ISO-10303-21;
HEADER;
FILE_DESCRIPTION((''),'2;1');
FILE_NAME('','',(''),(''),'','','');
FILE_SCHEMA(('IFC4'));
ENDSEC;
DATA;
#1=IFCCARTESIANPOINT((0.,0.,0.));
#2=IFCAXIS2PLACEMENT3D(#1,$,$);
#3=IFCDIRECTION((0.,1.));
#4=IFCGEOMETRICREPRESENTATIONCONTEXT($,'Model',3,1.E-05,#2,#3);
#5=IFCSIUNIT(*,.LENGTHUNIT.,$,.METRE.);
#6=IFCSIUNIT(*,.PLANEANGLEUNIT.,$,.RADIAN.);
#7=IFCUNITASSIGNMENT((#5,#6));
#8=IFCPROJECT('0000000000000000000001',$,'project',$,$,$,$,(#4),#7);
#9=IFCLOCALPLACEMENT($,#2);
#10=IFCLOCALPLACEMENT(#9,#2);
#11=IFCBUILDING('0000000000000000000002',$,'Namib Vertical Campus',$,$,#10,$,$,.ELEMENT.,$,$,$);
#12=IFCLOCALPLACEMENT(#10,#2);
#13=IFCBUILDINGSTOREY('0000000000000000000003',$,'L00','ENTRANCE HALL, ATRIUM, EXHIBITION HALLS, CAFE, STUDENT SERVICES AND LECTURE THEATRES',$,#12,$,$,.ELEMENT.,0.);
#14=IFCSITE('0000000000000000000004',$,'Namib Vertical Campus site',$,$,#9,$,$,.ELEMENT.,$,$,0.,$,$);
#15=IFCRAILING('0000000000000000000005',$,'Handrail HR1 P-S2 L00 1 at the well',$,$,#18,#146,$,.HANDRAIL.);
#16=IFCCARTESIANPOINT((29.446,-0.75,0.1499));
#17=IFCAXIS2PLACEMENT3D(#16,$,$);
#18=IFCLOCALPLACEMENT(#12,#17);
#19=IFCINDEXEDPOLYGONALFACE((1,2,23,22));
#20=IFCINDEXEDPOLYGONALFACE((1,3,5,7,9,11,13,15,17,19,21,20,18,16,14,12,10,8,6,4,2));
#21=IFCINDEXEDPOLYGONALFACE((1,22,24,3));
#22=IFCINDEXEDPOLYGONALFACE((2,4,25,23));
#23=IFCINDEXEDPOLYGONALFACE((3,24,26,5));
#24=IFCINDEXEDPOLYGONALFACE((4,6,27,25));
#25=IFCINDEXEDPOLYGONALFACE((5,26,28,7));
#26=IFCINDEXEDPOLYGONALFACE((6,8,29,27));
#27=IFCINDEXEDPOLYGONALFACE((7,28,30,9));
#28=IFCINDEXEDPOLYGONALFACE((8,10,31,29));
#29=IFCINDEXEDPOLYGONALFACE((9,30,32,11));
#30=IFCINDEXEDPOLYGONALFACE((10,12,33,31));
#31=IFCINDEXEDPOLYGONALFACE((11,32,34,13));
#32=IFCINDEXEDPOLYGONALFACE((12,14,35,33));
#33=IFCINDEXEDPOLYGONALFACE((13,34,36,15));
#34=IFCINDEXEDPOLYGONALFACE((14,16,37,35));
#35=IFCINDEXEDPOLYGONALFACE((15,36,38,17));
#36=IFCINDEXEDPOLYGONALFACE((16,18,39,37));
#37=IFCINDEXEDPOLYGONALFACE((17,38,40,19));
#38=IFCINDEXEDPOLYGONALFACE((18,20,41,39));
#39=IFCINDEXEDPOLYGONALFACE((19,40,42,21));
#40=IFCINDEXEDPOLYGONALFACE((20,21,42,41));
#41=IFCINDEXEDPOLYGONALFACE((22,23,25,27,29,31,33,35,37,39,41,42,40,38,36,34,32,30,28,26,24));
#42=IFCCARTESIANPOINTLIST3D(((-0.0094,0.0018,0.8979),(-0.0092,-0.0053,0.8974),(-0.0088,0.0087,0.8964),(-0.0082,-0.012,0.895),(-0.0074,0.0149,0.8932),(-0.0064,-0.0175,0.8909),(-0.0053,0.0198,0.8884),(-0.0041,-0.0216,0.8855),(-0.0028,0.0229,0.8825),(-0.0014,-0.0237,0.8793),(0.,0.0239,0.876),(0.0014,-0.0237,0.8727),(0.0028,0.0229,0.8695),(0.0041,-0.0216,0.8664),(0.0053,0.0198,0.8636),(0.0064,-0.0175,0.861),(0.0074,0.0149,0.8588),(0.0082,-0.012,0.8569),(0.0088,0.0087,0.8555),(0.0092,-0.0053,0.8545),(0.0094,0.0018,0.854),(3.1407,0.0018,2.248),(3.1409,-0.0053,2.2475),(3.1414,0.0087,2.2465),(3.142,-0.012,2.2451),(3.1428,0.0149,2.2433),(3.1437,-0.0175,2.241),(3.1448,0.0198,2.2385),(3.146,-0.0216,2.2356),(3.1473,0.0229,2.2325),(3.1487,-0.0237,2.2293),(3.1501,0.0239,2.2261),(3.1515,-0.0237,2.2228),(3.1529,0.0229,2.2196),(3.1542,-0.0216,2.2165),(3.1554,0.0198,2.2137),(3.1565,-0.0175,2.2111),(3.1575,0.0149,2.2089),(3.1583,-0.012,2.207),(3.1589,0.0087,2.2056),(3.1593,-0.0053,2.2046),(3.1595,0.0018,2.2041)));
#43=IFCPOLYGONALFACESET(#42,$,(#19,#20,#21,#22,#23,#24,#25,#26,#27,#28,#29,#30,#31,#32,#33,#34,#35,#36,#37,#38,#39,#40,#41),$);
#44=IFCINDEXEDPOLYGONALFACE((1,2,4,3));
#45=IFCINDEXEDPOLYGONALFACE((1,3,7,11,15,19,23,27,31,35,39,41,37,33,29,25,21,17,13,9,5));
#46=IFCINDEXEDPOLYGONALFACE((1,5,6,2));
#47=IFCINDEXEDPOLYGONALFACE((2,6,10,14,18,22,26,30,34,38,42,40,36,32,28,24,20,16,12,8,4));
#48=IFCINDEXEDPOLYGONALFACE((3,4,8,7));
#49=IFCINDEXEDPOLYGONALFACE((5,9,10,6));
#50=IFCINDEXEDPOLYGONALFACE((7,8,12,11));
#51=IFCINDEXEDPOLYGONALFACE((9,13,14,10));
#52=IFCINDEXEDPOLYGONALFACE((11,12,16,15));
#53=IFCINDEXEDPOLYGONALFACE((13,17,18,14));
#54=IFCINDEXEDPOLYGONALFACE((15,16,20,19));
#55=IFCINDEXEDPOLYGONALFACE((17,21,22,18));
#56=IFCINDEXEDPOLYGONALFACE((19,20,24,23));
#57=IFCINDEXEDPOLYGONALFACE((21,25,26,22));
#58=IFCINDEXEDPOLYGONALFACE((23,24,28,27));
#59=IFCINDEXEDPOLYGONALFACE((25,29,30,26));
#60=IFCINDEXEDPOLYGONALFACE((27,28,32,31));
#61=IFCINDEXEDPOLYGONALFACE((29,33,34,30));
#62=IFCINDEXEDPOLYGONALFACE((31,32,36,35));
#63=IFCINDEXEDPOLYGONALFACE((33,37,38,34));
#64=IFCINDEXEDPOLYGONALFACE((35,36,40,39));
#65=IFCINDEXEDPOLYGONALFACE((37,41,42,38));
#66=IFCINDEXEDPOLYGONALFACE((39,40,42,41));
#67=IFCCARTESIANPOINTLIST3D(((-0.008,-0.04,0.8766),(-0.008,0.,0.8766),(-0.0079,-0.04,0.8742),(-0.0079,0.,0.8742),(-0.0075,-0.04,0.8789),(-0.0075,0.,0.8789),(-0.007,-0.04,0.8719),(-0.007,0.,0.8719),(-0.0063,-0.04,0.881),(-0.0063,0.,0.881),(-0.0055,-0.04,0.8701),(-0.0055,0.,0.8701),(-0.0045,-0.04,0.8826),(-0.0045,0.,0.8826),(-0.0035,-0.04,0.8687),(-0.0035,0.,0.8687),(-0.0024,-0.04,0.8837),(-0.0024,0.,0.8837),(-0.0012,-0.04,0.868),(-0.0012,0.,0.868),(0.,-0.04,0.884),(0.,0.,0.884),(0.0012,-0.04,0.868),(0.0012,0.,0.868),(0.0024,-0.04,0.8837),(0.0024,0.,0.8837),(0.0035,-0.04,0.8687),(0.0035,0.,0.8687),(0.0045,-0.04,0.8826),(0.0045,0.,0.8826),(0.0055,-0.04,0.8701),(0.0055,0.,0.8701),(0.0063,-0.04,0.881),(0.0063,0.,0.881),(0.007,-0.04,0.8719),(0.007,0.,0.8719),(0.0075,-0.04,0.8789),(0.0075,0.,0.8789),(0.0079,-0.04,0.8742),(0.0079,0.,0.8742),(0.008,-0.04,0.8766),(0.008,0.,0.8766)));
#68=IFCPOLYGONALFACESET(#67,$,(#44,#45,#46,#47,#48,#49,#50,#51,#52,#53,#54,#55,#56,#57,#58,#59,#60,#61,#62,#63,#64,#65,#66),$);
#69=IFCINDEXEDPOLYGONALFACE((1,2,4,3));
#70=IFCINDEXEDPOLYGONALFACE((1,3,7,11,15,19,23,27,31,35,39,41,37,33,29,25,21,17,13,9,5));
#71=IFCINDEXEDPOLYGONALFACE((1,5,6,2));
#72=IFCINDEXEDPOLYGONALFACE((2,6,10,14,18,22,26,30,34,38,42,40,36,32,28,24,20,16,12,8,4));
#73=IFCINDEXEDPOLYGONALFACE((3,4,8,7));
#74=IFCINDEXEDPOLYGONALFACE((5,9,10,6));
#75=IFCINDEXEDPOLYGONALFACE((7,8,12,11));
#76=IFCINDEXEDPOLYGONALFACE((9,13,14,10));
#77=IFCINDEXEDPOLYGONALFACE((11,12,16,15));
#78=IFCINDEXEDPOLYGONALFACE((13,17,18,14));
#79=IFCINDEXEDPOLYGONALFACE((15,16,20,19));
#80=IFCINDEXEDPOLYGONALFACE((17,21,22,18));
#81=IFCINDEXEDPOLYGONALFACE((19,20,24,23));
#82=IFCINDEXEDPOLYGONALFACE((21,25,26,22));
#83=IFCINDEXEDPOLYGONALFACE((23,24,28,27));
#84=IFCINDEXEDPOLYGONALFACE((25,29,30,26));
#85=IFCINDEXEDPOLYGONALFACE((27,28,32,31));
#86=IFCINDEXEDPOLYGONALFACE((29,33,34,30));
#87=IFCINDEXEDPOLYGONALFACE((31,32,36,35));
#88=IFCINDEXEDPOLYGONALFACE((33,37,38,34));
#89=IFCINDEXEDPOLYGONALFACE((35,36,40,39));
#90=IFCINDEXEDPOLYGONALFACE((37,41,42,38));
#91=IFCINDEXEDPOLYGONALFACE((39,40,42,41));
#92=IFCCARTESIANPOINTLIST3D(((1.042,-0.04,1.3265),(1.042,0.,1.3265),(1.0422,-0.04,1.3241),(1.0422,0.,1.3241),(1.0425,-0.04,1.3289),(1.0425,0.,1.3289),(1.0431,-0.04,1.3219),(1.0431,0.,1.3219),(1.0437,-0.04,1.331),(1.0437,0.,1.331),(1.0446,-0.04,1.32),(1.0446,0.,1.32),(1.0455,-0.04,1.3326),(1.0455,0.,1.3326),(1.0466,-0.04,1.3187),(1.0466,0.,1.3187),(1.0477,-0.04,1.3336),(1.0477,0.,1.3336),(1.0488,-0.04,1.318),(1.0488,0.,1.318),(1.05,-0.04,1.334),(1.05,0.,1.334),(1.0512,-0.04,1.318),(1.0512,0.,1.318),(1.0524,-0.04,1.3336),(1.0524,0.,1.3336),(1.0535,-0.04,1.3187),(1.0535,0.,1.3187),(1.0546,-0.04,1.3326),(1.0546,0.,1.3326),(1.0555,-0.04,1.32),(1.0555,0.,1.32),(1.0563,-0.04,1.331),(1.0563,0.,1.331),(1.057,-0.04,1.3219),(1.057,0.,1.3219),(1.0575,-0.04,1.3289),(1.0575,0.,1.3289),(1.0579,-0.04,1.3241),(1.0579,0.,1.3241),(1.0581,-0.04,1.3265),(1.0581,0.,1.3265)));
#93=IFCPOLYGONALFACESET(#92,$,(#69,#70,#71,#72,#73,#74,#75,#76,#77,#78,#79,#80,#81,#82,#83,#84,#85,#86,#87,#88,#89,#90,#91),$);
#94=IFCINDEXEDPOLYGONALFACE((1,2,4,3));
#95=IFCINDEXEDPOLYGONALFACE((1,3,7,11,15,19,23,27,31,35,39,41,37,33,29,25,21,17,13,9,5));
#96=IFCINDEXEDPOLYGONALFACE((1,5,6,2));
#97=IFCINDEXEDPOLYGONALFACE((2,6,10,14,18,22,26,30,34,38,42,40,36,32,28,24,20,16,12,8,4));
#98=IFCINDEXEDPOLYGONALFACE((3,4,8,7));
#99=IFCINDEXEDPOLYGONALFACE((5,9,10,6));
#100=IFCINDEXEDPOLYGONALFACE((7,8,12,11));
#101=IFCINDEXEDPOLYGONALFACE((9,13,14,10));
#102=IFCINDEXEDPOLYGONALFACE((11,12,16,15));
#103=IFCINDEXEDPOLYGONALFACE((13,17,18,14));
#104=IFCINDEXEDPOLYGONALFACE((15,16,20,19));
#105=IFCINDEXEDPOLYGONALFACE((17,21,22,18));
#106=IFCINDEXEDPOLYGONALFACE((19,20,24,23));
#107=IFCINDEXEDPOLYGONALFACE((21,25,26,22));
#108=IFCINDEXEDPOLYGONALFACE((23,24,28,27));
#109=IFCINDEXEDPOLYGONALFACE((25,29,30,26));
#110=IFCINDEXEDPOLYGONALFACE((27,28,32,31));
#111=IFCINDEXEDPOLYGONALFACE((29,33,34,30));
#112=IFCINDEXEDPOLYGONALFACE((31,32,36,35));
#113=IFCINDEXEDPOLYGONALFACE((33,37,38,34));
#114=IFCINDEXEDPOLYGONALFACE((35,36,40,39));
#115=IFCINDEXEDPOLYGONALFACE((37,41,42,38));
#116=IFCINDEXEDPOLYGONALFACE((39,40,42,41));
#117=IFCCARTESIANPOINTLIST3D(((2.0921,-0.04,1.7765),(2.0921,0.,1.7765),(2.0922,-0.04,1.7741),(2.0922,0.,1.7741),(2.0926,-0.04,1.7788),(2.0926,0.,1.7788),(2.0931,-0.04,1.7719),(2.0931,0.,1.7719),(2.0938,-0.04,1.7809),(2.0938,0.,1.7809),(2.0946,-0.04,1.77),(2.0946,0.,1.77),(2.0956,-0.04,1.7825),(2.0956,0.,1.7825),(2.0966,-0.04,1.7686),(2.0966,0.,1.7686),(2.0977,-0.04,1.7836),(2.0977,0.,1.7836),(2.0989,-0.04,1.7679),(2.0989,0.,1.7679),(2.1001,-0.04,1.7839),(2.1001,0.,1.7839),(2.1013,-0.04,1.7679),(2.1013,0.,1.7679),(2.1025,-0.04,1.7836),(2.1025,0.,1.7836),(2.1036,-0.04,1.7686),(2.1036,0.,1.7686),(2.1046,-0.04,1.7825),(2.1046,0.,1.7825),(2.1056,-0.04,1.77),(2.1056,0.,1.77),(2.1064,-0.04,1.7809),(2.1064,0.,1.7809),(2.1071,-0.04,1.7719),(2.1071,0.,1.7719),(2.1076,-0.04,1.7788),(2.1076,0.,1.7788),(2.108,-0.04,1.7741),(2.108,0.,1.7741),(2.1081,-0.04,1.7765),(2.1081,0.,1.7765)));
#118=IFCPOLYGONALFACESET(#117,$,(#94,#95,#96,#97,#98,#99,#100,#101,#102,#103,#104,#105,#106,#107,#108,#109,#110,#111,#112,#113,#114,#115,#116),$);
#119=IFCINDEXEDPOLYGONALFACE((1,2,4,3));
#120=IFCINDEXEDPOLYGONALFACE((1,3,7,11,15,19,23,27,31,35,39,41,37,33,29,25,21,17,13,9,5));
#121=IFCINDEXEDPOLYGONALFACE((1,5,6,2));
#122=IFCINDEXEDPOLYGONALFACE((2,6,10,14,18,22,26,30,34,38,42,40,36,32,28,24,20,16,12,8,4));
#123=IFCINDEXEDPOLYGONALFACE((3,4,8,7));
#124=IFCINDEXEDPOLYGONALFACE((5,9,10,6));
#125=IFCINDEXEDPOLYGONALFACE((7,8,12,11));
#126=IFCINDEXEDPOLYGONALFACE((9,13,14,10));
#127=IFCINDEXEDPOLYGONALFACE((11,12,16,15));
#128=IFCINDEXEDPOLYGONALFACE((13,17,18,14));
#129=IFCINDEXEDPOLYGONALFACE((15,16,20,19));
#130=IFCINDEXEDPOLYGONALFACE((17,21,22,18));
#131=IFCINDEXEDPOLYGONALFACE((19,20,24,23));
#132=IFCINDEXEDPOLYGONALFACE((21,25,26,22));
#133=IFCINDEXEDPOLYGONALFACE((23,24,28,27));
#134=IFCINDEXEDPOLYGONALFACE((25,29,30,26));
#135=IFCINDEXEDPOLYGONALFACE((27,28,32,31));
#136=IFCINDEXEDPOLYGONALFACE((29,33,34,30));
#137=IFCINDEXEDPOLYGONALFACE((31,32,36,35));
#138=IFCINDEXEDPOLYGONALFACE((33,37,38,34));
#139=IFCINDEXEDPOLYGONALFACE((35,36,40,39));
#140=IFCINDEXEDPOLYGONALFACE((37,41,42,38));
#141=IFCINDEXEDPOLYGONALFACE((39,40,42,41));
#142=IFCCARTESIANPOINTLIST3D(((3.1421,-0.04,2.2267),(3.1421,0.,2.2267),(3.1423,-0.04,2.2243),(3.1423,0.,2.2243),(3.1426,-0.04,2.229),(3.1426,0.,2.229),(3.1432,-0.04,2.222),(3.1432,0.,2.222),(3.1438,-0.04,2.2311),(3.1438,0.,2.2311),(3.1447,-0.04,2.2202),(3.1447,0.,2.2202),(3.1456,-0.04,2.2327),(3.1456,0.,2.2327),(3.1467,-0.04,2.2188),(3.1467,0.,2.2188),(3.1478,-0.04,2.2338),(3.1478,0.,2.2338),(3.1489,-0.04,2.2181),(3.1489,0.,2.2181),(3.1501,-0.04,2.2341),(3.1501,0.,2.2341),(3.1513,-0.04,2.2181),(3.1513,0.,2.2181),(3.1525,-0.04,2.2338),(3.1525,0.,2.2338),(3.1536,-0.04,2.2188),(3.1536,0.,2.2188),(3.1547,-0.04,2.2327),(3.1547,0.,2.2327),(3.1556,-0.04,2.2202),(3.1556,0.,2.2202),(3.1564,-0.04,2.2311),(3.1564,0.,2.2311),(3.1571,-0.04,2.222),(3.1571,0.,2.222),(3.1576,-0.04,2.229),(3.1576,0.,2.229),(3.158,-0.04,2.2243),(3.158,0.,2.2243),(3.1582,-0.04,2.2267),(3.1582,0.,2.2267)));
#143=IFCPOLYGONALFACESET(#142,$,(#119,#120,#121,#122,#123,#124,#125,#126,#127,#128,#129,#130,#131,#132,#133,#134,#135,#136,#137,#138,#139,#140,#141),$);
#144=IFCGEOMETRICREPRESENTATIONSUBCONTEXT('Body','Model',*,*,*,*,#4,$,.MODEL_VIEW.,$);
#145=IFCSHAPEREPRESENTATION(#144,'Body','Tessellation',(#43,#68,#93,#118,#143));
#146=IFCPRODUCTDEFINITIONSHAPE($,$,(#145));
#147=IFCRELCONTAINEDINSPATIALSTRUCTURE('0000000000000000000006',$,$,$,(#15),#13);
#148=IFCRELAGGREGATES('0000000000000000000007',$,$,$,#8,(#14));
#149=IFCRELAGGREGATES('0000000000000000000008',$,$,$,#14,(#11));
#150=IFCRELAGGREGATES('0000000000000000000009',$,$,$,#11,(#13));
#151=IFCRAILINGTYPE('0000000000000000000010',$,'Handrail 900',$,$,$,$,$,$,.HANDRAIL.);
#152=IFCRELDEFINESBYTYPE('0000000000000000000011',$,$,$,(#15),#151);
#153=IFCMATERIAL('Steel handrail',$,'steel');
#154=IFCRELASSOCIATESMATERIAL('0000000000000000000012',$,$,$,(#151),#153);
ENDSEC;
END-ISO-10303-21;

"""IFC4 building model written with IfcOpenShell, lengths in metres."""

from ifc_helpers import new_model, si_unit, direction, frame, origin, origin_2d, place, context, subcontext, project, spatial, circle, extrude, material, type_object, element, save


model = new_model("IFC4")

# Units and contexts
model_context = context("Model", 3, precision=1e-05, world=origin(), true_north=direction((0.0, 1.0)))
body_context = subcontext(model_context, "Body", "Model", "MODEL_VIEW")
ifc_project = project(units=[si_unit("LENGTHUNIT", "METRE"), si_unit("PLANEANGLEUNIT", "RADIAN")], contexts=[model_context])

# Site, building, storey
site_placement = place(None, origin())
site = spatial("IfcSite", under=ifc_project, at=site_placement, Name="Namib Vertical Campus site", CompositionType="ELEMENT", RefElevation=0.0)
building_placement = place(site_placement, origin())
building = spatial("IfcBuilding", under=site, at=building_placement, Name="Namib Vertical Campus", CompositionType="ELEMENT")
storey_placement = place(building_placement, origin())
storey = spatial("IfcBuildingStorey", under=building, at=storey_placement, Name="L00", Description="ENTRANCE HALL, ATRIUM, EXHIBITION HALLS, CAFE, STUDENT SERVICES AND LECTURE THEATRES", CompositionType="ELEMENT", Elevation=0.0)

# Railing
ifc_material_1 = material(Name="Steel handrail", Category="steel")
railing_type_1 = type_object("IfcRailingType", Name="Handrail 900", PredefinedType="HANDRAIL", material=ifc_material_1)
railing_1_placement = place(storey_placement, frame((29.446, -0.75, 0.1499)))
element("IfcRailing", 1, at=railing_1_placement, inside=storey, type_object=railing_type_1, Name="Handrail HR1 P-S2 L00 1 at the well", PredefinedType="HANDRAIL", context=body_context, shape_type="SweptSolid", body=[
    extrude(circle(Radius=0.0239, at=origin_2d()), frame((0.0, 0.0, 0.876), z_axis=(0.919141, 0.0, 0.393928), x_axis=(0.0, 1.0, 0.0)), (0.0, 0.0, 1.0), 3.4272),
    extrude(circle(Radius=0.0081, at=origin_2d()), frame((0.0, 0.0, 0.876), z_axis=(0.0, -1.0, 0.0), x_axis=(0.0, 0.0, 1.0)), (0.0, 0.0, 1.0), 0.04),
    extrude(circle(Radius=0.0081, at=origin_2d()), frame((1.05, 0.0, 1.3259), z_axis=(0.0, -1.0, 0.0), x_axis=(0.0, 0.0, 1.0)), (0.0, 0.0, 1.0), 0.04),
    extrude(circle(Radius=0.0081, at=origin_2d()), frame((2.1001, 0.0, 1.7759), z_axis=(0.0, -1.0, 0.0), x_axis=(0.0, 0.0, 1.0)), (0.0, 0.0, 1.0), 0.04),
    extrude(circle(Radius=0.0081, at=origin_2d()), frame((3.1501, 0.0, 2.2261), z_axis=(0.0, -1.0, 0.0), x_axis=(0.0, 0.0, 1.0)), (0.0, 0.0, 1.0), 0.04),
])

save(model, "model.ifc")
